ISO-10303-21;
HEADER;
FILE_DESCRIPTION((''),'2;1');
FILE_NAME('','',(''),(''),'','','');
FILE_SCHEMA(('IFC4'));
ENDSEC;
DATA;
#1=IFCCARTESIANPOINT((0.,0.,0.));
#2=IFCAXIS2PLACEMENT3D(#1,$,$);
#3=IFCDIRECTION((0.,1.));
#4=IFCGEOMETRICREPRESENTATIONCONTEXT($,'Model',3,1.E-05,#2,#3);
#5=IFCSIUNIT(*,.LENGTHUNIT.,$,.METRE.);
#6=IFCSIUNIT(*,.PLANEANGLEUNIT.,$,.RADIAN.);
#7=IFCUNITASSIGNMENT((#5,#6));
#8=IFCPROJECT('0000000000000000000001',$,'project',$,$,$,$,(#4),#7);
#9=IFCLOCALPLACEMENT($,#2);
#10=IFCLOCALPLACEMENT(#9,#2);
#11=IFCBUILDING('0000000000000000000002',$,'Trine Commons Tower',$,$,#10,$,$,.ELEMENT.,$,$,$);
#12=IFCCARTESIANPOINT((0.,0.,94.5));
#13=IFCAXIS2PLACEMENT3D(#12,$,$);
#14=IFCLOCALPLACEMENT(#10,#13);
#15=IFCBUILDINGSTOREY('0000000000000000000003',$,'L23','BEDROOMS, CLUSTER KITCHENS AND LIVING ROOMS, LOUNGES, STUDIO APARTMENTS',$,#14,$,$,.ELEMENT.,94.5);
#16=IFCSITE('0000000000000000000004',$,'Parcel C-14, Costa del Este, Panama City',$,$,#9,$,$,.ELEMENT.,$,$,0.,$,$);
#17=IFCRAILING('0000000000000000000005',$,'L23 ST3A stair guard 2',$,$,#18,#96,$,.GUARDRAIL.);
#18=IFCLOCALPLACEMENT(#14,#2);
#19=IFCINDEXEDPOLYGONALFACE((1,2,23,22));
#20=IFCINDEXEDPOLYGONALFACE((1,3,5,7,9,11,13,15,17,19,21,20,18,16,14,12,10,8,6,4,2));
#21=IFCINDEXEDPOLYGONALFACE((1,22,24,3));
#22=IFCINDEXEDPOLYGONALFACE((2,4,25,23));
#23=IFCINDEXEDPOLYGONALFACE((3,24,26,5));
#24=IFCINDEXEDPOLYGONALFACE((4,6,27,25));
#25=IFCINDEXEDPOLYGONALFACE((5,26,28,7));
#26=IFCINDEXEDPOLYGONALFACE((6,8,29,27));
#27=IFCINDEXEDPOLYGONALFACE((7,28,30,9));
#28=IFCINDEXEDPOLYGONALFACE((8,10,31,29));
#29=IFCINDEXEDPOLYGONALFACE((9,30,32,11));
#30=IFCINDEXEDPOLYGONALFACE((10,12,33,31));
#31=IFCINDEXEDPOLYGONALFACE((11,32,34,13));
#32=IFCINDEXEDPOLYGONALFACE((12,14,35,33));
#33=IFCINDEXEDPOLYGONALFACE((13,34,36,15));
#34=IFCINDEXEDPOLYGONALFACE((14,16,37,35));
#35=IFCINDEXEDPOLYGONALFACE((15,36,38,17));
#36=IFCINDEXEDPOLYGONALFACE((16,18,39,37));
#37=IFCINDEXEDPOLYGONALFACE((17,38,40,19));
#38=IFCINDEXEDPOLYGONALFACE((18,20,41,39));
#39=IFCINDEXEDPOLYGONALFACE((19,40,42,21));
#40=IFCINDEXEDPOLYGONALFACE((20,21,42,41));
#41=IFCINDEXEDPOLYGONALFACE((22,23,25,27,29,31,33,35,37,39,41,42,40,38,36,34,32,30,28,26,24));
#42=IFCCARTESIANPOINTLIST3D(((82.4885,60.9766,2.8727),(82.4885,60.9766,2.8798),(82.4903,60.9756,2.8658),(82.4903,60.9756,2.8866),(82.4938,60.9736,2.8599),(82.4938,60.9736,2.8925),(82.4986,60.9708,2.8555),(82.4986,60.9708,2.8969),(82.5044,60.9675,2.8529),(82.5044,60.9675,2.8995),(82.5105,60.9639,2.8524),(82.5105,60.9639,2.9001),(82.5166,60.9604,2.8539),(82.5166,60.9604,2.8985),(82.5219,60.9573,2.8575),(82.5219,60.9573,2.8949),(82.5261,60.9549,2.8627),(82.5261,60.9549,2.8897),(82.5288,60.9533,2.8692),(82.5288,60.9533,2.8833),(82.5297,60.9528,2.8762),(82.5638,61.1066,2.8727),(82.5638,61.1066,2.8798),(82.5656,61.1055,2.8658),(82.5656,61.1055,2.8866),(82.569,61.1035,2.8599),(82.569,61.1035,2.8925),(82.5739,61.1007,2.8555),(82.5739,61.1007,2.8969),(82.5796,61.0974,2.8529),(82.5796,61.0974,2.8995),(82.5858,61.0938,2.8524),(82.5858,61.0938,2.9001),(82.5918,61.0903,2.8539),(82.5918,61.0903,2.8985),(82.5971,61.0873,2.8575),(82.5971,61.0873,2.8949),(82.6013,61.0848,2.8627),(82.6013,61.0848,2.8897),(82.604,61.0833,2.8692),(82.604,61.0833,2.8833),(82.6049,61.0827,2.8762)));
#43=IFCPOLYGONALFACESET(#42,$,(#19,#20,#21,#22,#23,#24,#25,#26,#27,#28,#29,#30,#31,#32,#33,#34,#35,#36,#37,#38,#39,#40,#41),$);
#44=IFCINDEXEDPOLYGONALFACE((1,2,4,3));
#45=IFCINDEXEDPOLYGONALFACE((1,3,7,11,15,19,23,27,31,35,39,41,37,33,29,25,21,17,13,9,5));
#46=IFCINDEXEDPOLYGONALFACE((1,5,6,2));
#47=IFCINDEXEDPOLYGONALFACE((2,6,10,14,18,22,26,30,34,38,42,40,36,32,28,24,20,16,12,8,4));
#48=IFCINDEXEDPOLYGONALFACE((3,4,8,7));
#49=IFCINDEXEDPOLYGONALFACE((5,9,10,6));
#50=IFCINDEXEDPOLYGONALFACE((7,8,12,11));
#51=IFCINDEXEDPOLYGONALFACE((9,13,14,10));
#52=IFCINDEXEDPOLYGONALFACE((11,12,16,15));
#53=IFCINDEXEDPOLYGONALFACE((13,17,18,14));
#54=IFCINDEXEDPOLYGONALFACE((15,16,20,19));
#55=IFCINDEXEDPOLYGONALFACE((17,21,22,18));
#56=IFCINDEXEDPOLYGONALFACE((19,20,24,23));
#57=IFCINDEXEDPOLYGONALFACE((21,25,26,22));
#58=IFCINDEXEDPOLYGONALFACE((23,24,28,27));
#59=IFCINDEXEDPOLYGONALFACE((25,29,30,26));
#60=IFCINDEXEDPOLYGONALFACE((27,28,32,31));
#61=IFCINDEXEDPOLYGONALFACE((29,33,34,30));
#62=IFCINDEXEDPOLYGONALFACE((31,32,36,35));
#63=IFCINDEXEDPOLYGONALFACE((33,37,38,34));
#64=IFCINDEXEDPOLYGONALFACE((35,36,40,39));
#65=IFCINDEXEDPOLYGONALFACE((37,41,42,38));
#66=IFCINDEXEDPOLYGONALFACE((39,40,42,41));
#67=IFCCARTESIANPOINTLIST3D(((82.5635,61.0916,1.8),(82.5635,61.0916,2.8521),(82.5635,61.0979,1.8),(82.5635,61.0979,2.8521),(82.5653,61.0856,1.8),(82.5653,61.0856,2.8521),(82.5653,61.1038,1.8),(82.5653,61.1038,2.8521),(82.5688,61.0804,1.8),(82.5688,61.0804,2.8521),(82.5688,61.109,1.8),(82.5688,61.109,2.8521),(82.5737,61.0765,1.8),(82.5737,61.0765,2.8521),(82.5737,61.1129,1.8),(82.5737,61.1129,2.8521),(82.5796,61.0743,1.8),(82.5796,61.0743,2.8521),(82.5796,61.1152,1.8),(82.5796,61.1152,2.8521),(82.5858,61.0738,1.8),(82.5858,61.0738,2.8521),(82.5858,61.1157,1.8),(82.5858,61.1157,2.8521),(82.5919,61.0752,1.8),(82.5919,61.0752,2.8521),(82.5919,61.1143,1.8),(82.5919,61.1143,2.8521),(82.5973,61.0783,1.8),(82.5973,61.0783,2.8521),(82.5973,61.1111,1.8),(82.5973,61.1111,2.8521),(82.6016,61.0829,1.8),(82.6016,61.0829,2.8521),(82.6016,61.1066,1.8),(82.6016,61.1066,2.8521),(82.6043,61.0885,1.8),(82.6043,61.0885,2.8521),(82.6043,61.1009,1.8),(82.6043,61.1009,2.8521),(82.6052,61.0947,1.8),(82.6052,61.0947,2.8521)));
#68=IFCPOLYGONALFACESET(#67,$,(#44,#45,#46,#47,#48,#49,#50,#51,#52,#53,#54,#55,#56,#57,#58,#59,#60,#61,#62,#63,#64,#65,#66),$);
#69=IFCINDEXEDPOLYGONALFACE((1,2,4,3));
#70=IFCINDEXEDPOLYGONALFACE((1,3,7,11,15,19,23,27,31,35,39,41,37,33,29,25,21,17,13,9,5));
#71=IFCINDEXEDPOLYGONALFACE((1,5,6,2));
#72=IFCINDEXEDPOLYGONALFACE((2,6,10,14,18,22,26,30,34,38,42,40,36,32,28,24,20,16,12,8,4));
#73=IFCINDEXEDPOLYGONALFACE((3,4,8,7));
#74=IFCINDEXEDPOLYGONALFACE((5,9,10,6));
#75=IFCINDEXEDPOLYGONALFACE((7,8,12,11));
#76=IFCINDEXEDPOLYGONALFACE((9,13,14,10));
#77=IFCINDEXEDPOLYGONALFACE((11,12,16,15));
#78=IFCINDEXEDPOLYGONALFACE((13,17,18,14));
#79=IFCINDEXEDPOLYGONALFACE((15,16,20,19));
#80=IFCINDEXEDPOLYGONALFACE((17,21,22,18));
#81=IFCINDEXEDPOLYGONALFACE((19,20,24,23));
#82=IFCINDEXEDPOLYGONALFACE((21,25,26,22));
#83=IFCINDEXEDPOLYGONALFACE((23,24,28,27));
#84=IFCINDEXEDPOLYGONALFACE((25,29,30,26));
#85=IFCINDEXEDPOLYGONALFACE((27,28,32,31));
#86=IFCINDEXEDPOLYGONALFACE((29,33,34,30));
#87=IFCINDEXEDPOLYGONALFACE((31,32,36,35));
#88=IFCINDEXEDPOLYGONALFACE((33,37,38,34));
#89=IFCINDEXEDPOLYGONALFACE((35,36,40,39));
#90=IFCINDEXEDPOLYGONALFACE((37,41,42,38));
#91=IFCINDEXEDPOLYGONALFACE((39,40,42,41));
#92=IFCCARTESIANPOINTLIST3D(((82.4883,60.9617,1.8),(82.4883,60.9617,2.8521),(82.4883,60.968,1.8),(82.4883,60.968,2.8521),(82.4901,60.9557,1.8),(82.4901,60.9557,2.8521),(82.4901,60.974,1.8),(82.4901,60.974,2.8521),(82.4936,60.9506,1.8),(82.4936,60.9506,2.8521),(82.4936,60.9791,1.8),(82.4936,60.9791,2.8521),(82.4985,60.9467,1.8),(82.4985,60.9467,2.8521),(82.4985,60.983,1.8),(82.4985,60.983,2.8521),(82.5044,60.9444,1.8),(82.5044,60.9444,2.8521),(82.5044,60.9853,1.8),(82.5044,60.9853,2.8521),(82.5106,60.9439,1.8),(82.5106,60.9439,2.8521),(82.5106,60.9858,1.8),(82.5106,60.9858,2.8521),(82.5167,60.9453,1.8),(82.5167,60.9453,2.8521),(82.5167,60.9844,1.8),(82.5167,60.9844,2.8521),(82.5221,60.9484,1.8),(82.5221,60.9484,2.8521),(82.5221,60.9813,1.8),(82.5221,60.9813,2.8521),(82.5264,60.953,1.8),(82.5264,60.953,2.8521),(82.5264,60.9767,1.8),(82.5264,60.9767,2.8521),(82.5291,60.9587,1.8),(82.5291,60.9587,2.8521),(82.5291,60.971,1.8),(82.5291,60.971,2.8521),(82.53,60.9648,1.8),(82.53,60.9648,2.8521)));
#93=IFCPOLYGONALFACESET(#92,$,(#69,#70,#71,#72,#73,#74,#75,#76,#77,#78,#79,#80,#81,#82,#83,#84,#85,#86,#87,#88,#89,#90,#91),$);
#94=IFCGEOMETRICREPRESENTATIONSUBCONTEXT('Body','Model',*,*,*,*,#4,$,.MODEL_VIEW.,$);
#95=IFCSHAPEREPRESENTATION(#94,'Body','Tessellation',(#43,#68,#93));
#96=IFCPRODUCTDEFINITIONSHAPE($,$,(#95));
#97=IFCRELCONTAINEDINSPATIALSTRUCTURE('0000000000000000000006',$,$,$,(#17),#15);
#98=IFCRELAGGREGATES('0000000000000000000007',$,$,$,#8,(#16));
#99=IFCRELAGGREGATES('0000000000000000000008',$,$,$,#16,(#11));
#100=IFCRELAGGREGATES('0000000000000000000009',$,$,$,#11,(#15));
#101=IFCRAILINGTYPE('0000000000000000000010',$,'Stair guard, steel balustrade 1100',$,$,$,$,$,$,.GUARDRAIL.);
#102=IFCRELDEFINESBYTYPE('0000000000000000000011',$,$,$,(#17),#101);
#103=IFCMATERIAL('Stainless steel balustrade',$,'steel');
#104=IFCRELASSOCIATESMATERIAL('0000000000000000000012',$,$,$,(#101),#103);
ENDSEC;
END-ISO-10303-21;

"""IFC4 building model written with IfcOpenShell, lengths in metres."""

from ifc_helpers import new_model, si_unit, direction, frame, origin, origin_2d, place, context, subcontext, project, spatial, circle, extrude, material, type_object, element, save


model = new_model("IFC4")

# Units and contexts
model_context = context("Model", 3, precision=1e-05, world=origin(), true_north=direction((0.0, 1.0)))
body_context = subcontext(model_context, "Body", "Model", "MODEL_VIEW")
ifc_project = project(units=[si_unit("LENGTHUNIT", "METRE"), si_unit("PLANEANGLEUNIT", "RADIAN")], contexts=[model_context])

# Site, building, storey
site_placement = place(None, origin())
site = spatial("IfcSite", under=ifc_project, at=site_placement, Name="Parcel C-14, Costa del Este, Panama City", CompositionType="ELEMENT", RefElevation=0.0)
building_placement = place(site_placement, origin())
building = spatial("IfcBuilding", under=site, at=building_placement, Name="Trine Commons Tower", CompositionType="ELEMENT")
storey_placement = place(building_placement, frame((0.0, 0.0, 94.5)))
storey = spatial("IfcBuildingStorey", under=building, at=storey_placement, Name="L23", Description="BEDROOMS, CLUSTER KITCHENS AND LIVING ROOMS, LOUNGES, STUDIO APARTMENTS", CompositionType="ELEMENT", Elevation=94.5)

# Railing
ifc_material_1 = material(Name="Stainless steel balustrade", Category="steel")
railing_type_1 = type_object("IfcRailingType", Name="Stair guard, steel balustrade 1100", PredefinedType="GUARDRAIL", material=ifc_material_1)
railing_1_placement = place(storey_placement, frame((82.5842, 61.0947, 1.8)))
element("IfcRailing", 1, at=railing_1_placement, inside=storey, type_object=railing_type_1, Name="L23 ST3A stair guard 2", PredefinedType="GUARDRAIL", context=body_context, shape_type="SweptSolid", body=[
    extrude(circle(Radius=0.0239, at=origin_2d()), frame((0.0, 0.0, 1.0762), z_axis=(-0.501036, -0.865426, 0.0), x_axis=(0.865426, -0.501036, 0.0)), (0.0, 0.0, 1.0), 0.1501),
    extrude(circle(Radius=0.021, at=origin_2d()), origin(), (0.0, 0.0, 1.0), 1.052),
    extrude(circle(Radius=0.021, at=origin_2d()), frame((-0.0752, -0.1299, 0.0)), (0.0, 0.0, 1.0), 1.052),
])

save(model, "model.ifc")
